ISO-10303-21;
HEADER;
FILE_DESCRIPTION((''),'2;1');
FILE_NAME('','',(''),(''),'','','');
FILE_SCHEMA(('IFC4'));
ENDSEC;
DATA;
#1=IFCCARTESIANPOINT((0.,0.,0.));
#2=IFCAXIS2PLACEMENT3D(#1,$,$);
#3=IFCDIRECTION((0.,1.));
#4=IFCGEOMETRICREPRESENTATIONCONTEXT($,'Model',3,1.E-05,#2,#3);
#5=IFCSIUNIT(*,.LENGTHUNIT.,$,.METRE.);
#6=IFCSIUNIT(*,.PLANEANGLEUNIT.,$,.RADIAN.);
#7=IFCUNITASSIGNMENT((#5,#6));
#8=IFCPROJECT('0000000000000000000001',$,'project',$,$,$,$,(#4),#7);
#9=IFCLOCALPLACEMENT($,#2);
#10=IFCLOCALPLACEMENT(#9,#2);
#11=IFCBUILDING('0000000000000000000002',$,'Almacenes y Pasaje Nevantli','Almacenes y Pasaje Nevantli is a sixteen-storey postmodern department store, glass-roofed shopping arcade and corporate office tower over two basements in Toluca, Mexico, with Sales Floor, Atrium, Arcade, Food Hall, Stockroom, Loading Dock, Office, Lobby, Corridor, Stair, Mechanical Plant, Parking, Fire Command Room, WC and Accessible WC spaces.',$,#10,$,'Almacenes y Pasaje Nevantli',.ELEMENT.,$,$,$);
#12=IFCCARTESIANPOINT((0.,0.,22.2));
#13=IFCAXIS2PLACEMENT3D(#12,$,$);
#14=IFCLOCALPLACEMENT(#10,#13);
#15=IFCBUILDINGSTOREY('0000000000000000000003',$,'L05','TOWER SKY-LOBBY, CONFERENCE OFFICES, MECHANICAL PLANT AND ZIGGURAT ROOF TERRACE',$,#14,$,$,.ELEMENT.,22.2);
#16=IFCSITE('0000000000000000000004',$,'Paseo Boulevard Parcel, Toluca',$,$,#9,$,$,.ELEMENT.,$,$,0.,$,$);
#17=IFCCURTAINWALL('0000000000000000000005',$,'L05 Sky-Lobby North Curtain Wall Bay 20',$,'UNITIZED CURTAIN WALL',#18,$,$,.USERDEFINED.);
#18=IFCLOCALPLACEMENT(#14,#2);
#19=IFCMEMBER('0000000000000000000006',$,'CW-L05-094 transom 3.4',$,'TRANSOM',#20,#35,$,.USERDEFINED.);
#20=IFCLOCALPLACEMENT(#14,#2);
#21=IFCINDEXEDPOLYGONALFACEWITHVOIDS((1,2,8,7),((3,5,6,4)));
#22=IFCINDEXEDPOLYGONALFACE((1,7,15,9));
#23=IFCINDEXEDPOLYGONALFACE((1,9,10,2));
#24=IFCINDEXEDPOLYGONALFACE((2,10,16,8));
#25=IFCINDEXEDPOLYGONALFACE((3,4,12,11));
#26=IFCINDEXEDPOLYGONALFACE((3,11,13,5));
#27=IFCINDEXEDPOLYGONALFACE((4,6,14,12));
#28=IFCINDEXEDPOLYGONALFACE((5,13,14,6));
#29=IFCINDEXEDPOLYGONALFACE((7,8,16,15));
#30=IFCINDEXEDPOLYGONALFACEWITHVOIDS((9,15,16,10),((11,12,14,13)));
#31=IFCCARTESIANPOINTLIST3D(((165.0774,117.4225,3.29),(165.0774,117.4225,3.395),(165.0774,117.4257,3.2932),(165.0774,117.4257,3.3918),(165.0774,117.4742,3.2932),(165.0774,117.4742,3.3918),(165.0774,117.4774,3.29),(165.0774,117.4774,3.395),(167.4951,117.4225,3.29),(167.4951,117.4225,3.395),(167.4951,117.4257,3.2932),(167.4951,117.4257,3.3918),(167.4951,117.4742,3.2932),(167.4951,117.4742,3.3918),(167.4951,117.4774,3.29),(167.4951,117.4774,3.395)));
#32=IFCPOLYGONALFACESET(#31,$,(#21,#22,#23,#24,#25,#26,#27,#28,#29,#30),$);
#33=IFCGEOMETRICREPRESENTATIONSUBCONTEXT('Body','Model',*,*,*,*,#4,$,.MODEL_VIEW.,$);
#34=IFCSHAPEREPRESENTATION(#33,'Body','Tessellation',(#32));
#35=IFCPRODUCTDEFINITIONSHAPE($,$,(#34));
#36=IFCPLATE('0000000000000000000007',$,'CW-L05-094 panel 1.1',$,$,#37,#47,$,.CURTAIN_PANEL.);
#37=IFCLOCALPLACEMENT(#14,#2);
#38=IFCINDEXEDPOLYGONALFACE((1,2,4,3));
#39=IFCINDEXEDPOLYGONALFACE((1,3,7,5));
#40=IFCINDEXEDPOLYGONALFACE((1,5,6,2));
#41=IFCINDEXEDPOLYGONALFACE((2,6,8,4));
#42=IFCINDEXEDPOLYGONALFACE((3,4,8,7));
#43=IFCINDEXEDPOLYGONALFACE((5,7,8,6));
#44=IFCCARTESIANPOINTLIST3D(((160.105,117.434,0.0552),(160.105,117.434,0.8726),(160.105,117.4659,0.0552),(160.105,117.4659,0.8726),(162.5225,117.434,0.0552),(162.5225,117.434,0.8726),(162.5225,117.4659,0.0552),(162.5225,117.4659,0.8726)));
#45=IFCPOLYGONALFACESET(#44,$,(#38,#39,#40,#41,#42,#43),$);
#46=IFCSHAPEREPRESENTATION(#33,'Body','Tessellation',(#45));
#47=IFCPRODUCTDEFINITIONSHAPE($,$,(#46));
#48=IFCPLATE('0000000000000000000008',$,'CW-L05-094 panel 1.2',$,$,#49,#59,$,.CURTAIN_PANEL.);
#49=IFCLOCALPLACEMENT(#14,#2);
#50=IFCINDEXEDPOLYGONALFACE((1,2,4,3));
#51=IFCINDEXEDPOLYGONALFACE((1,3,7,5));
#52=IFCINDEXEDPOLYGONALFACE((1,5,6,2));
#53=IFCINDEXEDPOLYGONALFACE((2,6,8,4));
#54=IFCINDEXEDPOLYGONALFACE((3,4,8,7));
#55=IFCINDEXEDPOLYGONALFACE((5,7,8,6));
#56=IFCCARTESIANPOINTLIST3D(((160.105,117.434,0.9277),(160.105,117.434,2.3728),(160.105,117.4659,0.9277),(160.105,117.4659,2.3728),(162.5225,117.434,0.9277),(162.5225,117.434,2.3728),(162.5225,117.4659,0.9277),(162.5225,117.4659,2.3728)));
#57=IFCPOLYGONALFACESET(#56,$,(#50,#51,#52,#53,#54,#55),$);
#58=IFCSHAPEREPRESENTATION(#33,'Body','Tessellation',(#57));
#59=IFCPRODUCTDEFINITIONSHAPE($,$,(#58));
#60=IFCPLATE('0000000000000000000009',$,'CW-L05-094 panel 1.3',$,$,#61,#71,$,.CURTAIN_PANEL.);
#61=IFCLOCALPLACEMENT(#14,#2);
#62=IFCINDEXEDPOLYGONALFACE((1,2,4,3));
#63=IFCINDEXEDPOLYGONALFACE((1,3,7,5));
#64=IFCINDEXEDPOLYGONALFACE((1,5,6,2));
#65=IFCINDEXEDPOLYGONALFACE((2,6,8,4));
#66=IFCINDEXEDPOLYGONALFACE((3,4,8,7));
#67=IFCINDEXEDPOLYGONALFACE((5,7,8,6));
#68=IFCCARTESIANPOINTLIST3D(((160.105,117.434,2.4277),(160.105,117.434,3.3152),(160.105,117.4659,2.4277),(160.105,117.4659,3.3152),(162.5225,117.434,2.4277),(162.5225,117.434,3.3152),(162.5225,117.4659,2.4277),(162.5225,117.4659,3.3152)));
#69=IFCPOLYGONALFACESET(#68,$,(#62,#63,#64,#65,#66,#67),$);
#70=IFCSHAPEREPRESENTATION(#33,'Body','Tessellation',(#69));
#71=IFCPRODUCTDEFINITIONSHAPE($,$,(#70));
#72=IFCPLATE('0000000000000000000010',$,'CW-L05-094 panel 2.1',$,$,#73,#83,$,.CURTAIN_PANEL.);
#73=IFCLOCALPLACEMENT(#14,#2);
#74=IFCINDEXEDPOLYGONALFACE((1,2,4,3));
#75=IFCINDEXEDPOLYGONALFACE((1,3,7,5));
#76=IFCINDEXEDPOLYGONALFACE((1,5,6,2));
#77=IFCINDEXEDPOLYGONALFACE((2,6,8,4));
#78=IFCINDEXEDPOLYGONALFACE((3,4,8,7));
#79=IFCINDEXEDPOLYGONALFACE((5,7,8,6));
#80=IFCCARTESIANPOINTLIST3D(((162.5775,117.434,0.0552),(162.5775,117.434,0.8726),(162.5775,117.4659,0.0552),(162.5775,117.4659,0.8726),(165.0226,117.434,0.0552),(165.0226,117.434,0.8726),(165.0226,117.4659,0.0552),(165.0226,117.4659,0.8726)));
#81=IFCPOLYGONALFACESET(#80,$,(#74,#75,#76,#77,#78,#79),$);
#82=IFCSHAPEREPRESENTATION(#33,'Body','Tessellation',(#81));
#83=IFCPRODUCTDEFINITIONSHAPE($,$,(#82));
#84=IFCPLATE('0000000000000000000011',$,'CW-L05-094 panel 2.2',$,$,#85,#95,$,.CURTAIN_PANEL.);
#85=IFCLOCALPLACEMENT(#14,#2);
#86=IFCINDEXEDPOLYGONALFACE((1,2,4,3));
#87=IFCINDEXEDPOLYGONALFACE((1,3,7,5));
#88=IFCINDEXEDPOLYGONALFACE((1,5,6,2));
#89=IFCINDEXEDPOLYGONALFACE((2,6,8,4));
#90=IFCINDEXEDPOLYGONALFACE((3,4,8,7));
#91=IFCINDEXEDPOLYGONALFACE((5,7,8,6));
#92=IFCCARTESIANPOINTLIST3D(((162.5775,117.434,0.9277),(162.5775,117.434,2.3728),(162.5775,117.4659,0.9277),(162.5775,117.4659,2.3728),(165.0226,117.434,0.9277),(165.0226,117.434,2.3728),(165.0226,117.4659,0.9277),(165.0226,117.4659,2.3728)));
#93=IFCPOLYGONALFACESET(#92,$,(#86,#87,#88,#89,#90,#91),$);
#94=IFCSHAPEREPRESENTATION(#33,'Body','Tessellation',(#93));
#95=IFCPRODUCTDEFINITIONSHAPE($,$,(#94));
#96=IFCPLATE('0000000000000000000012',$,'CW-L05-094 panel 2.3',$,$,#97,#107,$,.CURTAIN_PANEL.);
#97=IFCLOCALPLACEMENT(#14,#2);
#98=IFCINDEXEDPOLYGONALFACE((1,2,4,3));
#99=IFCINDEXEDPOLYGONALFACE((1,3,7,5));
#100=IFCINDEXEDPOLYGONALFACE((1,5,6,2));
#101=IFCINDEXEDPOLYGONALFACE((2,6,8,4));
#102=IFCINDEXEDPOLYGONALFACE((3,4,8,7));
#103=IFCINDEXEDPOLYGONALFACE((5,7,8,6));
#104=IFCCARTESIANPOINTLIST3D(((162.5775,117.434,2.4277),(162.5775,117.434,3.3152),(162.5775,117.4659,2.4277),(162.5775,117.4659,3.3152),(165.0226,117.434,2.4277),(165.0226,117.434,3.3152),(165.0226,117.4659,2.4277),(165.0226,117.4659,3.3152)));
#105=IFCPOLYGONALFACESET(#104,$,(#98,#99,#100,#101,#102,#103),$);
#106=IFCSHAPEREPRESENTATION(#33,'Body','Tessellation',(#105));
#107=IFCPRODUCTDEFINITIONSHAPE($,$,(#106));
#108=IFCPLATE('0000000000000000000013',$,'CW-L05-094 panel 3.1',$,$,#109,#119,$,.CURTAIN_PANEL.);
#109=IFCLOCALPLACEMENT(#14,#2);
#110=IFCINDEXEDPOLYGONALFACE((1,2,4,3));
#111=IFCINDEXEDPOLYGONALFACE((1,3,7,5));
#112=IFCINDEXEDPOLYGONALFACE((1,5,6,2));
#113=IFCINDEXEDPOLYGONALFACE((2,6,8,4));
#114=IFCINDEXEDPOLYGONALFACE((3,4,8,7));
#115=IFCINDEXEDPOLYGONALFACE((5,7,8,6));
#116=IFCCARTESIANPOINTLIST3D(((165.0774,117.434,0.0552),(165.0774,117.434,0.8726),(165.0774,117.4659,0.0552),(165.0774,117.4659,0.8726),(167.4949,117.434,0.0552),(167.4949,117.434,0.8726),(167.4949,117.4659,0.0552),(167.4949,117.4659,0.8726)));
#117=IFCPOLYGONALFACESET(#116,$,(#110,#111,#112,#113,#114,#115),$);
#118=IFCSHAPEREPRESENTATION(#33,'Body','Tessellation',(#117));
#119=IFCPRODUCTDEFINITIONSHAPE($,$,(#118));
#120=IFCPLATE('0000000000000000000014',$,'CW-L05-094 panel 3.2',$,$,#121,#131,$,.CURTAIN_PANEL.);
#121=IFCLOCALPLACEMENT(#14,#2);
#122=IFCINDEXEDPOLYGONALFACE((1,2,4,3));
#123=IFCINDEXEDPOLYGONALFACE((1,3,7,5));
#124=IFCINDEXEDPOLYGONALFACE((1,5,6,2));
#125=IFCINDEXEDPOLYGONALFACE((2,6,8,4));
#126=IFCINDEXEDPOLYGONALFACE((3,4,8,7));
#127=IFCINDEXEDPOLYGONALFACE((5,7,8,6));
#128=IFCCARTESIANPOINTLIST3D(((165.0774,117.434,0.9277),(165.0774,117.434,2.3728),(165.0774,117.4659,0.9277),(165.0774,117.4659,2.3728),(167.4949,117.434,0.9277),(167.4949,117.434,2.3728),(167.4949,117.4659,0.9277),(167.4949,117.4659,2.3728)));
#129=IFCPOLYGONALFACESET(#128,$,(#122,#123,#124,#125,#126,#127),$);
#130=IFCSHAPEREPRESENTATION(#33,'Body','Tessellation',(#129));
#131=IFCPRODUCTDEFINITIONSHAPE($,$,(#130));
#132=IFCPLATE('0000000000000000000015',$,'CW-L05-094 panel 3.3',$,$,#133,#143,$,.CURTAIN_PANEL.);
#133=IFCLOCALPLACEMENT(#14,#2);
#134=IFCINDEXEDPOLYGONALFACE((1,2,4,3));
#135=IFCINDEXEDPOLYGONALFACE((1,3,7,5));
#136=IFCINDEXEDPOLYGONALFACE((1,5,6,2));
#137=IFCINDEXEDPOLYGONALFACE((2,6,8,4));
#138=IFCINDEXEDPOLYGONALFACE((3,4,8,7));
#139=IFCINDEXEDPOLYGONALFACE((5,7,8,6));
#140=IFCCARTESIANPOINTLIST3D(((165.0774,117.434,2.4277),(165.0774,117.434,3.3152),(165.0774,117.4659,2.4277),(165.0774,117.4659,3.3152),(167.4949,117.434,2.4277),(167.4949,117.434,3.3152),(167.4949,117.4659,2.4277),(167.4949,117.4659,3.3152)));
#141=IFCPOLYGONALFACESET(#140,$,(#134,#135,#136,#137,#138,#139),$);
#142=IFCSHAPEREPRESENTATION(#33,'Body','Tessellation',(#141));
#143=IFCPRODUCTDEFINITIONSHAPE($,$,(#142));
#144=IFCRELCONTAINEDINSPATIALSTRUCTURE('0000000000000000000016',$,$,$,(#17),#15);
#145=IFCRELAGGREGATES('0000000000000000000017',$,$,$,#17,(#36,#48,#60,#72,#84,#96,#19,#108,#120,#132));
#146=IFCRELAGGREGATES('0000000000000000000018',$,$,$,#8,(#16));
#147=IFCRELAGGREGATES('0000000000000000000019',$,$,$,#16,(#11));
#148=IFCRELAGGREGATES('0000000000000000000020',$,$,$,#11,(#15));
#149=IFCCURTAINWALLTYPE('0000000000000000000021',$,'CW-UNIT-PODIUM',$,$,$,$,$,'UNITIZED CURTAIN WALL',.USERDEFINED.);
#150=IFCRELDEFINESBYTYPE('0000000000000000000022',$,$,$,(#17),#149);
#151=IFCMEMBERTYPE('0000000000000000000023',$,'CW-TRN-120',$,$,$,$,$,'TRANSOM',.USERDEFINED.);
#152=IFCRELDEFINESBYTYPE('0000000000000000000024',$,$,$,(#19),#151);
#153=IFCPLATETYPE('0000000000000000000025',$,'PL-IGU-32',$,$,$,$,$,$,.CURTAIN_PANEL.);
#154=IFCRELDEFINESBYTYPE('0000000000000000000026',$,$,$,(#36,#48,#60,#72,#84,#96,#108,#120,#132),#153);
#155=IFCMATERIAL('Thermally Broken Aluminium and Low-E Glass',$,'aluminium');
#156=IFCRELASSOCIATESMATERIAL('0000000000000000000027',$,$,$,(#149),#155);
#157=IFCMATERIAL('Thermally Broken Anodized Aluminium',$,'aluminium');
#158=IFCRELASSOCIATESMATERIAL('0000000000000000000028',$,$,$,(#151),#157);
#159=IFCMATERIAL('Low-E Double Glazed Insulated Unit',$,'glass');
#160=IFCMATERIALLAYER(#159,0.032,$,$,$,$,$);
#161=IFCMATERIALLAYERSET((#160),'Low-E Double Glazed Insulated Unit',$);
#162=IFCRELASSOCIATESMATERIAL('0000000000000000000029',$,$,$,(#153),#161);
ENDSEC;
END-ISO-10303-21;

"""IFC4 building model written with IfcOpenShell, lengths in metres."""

from ifc_helpers import new_model, si_unit, direction, frame, origin, origin_2d, place, context, subcontext, project, spatial, rectangle, hollow_rectangle, extrude, material, layer, layer_set, material_profile, profile_set, type_object, element, aggregate, save


model = new_model("IFC4")

# Units and contexts
model_context = context("Model", 3, precision=1e-05, world=origin(), true_north=direction((0.0, 1.0)))
body_context = subcontext(model_context, "Body", "Model", "MODEL_VIEW")
ifc_project = project(units=[si_unit("LENGTHUNIT", "METRE"), si_unit("PLANEANGLEUNIT", "RADIAN")], contexts=[model_context])

# Site, building, storey
site_placement = place(None, origin())
site = spatial("IfcSite", under=ifc_project, at=site_placement, Name="Paseo Boulevard Parcel, Toluca", CompositionType="ELEMENT", RefElevation=0.0)
building_placement = place(site_placement, origin())
building = spatial("IfcBuilding", under=site, at=building_placement, Name="Almacenes y Pasaje Nevantli", Description="Almacenes y Pasaje Nevantli is a sixteen-storey postmodern department store, glass-roofed shopping arcade and corporate office tower over two basements in Toluca, Mexico, with Sales Floor, Atrium, Arcade, Food Hall, Stockroom, Loading Dock, Office, Lobby, Corridor, Stair, Mechanical Plant, Parking, Fire Command Room, WC and Accessible WC spaces.", LongName="Almacenes y Pasaje Nevantli", CompositionType="ELEMENT")
storey_placement = place(building_placement, frame((0.0, 0.0, 22.2)))
storey = spatial("IfcBuildingStorey", under=building, at=storey_placement, Name="L05", Description="TOWER SKY-LOBBY, CONFERENCE OFFICES, MECHANICAL PLANT AND ZIGGURAT ROOF TERRACE", CompositionType="ELEMENT", Elevation=22.2)

# Curtain wall, member, plates
ifc_material_1 = material(Name="Thermally Broken Aluminium and Low-E Glass", Category="aluminium")
curtain_wall_type = type_object("IfcCurtainWallType", Name="CW-UNIT-PODIUM", ElementType="UNITIZED CURTAIN WALL", PredefinedType="USERDEFINED", material=ifc_material_1)
curtain_wall_placement = place(storey_placement, origin())
curtain_wall = element("IfcCurtainWall", 1, at=curtain_wall_placement, inside=storey, type_object=curtain_wall_type, Name="L05 Sky-Lobby North Curtain Wall Bay 20", ObjectType="UNITIZED CURTAIN WALL", PredefinedType="USERDEFINED")
ifc_material_2 = material(Name="Thermally Broken Anodized Aluminium", Category="aluminium")
ifc_material_profile_1 = material_profile(ifc_material_2, hollow_rectangle(XDim=0.0549, YDim=0.105, WallThickness=0.0032, at=origin_2d()), Name="ALU-TRN-55x105")
ifc_profile_set_1 = profile_set([ifc_material_profile_1], Name="Thermally Broken Anodized Aluminium")
member_type_1 = type_object("IfcMemberType", Name="CW-TRN-120", ElementType="TRANSOM", PredefinedType="USERDEFINED", material=ifc_profile_set_1)
member_1_placement = place(storey_placement, frame((165.0774, 117.45, 3.3425), z_axis=(1.0, 0.0, 0.0), x_axis=(0.0, 1.0, 0.0)))
member_1 = element("IfcMember", 2, at=member_1_placement, type_object=member_type_1, Name="CW-L05-094 transom 3.4", ObjectType="TRANSOM", PredefinedType="USERDEFINED", context=body_context, shape_type="SweptSolid", body=[
    extrude(hollow_rectangle(XDim=0.0549, YDim=0.105, WallThickness=0.0032, at=origin_2d()), origin(), (0.0, 0.0, 1.0), 2.4177),
])
ifc_material_3 = material(Name="Low-E Double Glazed Insulated Unit", Category="glass")
ifc_layer = layer(ifc_material_3, 0.032)
ifc_layer_set = layer_set([ifc_layer], Name="Low-E Double Glazed Insulated Unit")
plate_type = type_object("IfcPlateType", Name="PL-IGU-32", PredefinedType="CURTAIN_PANEL", material=ifc_layer_set)
plate_1_placement = place(storey_placement, frame((161.3137, 117.45, 0.0552), z_axis=(0.0, 0.0, 1.0), x_axis=(1.0, 0.0, 0.0)))
plate_1 = element("IfcPlate", 3, at=plate_1_placement, type_object=plate_type, Name="CW-L05-094 panel 1.1", PredefinedType="CURTAIN_PANEL", context=body_context, shape_type="SweptSolid", body=[
    extrude(rectangle(XDim=2.4175, YDim=0.032, at=origin_2d()), origin(), (0.0, 0.0, 1.0), 0.8174),
])
plate_2_placement = place(storey_placement, frame((161.3137, 117.45, 0.9277), z_axis=(0.0, 0.0, 1.0), x_axis=(1.0, 0.0, 0.0)))
plate_2 = element("IfcPlate", 4, at=plate_2_placement, type_object=plate_type, Name="CW-L05-094 panel 1.2", PredefinedType="CURTAIN_PANEL", context=body_context, shape_type="SweptSolid", body=[
    extrude(rectangle(XDim=2.4175, YDim=0.032, at=origin_2d()), origin(), (0.0, 0.0, 1.0), 1.4451),
])
plate_3_placement = place(storey_placement, frame((161.3137, 117.45, 2.4277), z_axis=(0.0, 0.0, 1.0), x_axis=(1.0, 0.0, 0.0)))
plate_3 = element("IfcPlate", 5, at=plate_3_placement, type_object=plate_type, Name="CW-L05-094 panel 1.3", PredefinedType="CURTAIN_PANEL", context=body_context, shape_type="SweptSolid", body=[
    extrude(rectangle(XDim=2.4175, YDim=0.032, at=origin_2d()), origin(), (0.0, 0.0, 1.0), 0.8875),
])
plate_4_placement = place(storey_placement, frame((163.8, 117.45, 0.0552), z_axis=(0.0, 0.0, 1.0), x_axis=(1.0, 0.0, 0.0)))
plate_4 = element("IfcPlate", 6, at=plate_4_placement, type_object=plate_type, Name="CW-L05-094 panel 2.1", PredefinedType="CURTAIN_PANEL", context=body_context, shape_type="SweptSolid", body=[
    extrude(rectangle(XDim=2.4451, YDim=0.032, at=origin_2d()), origin(), (0.0, 0.0, 1.0), 0.8174),
])
plate_5_placement = place(storey_placement, frame((163.8, 117.45, 0.9277), z_axis=(0.0, 0.0, 1.0), x_axis=(1.0, 0.0, 0.0)))
plate_5 = element("IfcPlate", 7, at=plate_5_placement, type_object=plate_type, Name="CW-L05-094 panel 2.2", PredefinedType="CURTAIN_PANEL", context=body_context, shape_type="SweptSolid", body=[
    extrude(rectangle(XDim=2.4451, YDim=0.032, at=origin_2d()), origin(), (0.0, 0.0, 1.0), 1.4451),
])
plate_6_placement = place(storey_placement, frame((163.8, 117.45, 2.4277), z_axis=(0.0, 0.0, 1.0), x_axis=(1.0, 0.0, 0.0)))
plate_6 = element("IfcPlate", 8, at=plate_6_placement, type_object=plate_type, Name="CW-L05-094 panel 2.3", PredefinedType="CURTAIN_PANEL", context=body_context, shape_type="SweptSolid", body=[
    extrude(rectangle(XDim=2.4451, YDim=0.032, at=origin_2d()), origin(), (0.0, 0.0, 1.0), 0.8875),
])
plate_7_placement = place(storey_placement, frame((166.2861, 117.45, 0.0552), z_axis=(0.0, 0.0, 1.0), x_axis=(1.0, 0.0, 0.0)))
plate_7 = element("IfcPlate", 9, at=plate_7_placement, type_object=plate_type, Name="CW-L05-094 panel 3.1", PredefinedType="CURTAIN_PANEL", context=body_context, shape_type="SweptSolid", body=[
    extrude(rectangle(XDim=2.4175, YDim=0.032, at=origin_2d()), origin(), (0.0, 0.0, 1.0), 0.8174),
])
plate_8_placement = place(storey_placement, frame((166.2861, 117.45, 0.9277), z_axis=(0.0, 0.0, 1.0), x_axis=(1.0, 0.0, 0.0)))
plate_8 = element("IfcPlate", 10, at=plate_8_placement, type_object=plate_type, Name="CW-L05-094 panel 3.2", PredefinedType="CURTAIN_PANEL", context=body_context, shape_type="SweptSolid", body=[
    extrude(rectangle(XDim=2.4175, YDim=0.032, at=origin_2d()), origin(), (0.0, 0.0, 1.0), 1.4451),
])
plate_9_placement = place(storey_placement, frame((166.2861, 117.45, 2.4277), z_axis=(0.0, 0.0, 1.0), x_axis=(1.0, 0.0, 0.0)))
plate_9 = element("IfcPlate", 11, at=plate_9_placement, type_object=plate_type, Name="CW-L05-094 panel 3.3", PredefinedType="CURTAIN_PANEL", context=body_context, shape_type="SweptSolid", body=[
    extrude(rectangle(XDim=2.4175, YDim=0.032, at=origin_2d()), origin(), (0.0, 0.0, 1.0), 0.8875),
])
aggregate(curtain_wall, [plate_1, plate_2, plate_3, plate_4, plate_5, plate_6, member_1, plate_7, plate_8, plate_9])

save(model, "model.ifc")
